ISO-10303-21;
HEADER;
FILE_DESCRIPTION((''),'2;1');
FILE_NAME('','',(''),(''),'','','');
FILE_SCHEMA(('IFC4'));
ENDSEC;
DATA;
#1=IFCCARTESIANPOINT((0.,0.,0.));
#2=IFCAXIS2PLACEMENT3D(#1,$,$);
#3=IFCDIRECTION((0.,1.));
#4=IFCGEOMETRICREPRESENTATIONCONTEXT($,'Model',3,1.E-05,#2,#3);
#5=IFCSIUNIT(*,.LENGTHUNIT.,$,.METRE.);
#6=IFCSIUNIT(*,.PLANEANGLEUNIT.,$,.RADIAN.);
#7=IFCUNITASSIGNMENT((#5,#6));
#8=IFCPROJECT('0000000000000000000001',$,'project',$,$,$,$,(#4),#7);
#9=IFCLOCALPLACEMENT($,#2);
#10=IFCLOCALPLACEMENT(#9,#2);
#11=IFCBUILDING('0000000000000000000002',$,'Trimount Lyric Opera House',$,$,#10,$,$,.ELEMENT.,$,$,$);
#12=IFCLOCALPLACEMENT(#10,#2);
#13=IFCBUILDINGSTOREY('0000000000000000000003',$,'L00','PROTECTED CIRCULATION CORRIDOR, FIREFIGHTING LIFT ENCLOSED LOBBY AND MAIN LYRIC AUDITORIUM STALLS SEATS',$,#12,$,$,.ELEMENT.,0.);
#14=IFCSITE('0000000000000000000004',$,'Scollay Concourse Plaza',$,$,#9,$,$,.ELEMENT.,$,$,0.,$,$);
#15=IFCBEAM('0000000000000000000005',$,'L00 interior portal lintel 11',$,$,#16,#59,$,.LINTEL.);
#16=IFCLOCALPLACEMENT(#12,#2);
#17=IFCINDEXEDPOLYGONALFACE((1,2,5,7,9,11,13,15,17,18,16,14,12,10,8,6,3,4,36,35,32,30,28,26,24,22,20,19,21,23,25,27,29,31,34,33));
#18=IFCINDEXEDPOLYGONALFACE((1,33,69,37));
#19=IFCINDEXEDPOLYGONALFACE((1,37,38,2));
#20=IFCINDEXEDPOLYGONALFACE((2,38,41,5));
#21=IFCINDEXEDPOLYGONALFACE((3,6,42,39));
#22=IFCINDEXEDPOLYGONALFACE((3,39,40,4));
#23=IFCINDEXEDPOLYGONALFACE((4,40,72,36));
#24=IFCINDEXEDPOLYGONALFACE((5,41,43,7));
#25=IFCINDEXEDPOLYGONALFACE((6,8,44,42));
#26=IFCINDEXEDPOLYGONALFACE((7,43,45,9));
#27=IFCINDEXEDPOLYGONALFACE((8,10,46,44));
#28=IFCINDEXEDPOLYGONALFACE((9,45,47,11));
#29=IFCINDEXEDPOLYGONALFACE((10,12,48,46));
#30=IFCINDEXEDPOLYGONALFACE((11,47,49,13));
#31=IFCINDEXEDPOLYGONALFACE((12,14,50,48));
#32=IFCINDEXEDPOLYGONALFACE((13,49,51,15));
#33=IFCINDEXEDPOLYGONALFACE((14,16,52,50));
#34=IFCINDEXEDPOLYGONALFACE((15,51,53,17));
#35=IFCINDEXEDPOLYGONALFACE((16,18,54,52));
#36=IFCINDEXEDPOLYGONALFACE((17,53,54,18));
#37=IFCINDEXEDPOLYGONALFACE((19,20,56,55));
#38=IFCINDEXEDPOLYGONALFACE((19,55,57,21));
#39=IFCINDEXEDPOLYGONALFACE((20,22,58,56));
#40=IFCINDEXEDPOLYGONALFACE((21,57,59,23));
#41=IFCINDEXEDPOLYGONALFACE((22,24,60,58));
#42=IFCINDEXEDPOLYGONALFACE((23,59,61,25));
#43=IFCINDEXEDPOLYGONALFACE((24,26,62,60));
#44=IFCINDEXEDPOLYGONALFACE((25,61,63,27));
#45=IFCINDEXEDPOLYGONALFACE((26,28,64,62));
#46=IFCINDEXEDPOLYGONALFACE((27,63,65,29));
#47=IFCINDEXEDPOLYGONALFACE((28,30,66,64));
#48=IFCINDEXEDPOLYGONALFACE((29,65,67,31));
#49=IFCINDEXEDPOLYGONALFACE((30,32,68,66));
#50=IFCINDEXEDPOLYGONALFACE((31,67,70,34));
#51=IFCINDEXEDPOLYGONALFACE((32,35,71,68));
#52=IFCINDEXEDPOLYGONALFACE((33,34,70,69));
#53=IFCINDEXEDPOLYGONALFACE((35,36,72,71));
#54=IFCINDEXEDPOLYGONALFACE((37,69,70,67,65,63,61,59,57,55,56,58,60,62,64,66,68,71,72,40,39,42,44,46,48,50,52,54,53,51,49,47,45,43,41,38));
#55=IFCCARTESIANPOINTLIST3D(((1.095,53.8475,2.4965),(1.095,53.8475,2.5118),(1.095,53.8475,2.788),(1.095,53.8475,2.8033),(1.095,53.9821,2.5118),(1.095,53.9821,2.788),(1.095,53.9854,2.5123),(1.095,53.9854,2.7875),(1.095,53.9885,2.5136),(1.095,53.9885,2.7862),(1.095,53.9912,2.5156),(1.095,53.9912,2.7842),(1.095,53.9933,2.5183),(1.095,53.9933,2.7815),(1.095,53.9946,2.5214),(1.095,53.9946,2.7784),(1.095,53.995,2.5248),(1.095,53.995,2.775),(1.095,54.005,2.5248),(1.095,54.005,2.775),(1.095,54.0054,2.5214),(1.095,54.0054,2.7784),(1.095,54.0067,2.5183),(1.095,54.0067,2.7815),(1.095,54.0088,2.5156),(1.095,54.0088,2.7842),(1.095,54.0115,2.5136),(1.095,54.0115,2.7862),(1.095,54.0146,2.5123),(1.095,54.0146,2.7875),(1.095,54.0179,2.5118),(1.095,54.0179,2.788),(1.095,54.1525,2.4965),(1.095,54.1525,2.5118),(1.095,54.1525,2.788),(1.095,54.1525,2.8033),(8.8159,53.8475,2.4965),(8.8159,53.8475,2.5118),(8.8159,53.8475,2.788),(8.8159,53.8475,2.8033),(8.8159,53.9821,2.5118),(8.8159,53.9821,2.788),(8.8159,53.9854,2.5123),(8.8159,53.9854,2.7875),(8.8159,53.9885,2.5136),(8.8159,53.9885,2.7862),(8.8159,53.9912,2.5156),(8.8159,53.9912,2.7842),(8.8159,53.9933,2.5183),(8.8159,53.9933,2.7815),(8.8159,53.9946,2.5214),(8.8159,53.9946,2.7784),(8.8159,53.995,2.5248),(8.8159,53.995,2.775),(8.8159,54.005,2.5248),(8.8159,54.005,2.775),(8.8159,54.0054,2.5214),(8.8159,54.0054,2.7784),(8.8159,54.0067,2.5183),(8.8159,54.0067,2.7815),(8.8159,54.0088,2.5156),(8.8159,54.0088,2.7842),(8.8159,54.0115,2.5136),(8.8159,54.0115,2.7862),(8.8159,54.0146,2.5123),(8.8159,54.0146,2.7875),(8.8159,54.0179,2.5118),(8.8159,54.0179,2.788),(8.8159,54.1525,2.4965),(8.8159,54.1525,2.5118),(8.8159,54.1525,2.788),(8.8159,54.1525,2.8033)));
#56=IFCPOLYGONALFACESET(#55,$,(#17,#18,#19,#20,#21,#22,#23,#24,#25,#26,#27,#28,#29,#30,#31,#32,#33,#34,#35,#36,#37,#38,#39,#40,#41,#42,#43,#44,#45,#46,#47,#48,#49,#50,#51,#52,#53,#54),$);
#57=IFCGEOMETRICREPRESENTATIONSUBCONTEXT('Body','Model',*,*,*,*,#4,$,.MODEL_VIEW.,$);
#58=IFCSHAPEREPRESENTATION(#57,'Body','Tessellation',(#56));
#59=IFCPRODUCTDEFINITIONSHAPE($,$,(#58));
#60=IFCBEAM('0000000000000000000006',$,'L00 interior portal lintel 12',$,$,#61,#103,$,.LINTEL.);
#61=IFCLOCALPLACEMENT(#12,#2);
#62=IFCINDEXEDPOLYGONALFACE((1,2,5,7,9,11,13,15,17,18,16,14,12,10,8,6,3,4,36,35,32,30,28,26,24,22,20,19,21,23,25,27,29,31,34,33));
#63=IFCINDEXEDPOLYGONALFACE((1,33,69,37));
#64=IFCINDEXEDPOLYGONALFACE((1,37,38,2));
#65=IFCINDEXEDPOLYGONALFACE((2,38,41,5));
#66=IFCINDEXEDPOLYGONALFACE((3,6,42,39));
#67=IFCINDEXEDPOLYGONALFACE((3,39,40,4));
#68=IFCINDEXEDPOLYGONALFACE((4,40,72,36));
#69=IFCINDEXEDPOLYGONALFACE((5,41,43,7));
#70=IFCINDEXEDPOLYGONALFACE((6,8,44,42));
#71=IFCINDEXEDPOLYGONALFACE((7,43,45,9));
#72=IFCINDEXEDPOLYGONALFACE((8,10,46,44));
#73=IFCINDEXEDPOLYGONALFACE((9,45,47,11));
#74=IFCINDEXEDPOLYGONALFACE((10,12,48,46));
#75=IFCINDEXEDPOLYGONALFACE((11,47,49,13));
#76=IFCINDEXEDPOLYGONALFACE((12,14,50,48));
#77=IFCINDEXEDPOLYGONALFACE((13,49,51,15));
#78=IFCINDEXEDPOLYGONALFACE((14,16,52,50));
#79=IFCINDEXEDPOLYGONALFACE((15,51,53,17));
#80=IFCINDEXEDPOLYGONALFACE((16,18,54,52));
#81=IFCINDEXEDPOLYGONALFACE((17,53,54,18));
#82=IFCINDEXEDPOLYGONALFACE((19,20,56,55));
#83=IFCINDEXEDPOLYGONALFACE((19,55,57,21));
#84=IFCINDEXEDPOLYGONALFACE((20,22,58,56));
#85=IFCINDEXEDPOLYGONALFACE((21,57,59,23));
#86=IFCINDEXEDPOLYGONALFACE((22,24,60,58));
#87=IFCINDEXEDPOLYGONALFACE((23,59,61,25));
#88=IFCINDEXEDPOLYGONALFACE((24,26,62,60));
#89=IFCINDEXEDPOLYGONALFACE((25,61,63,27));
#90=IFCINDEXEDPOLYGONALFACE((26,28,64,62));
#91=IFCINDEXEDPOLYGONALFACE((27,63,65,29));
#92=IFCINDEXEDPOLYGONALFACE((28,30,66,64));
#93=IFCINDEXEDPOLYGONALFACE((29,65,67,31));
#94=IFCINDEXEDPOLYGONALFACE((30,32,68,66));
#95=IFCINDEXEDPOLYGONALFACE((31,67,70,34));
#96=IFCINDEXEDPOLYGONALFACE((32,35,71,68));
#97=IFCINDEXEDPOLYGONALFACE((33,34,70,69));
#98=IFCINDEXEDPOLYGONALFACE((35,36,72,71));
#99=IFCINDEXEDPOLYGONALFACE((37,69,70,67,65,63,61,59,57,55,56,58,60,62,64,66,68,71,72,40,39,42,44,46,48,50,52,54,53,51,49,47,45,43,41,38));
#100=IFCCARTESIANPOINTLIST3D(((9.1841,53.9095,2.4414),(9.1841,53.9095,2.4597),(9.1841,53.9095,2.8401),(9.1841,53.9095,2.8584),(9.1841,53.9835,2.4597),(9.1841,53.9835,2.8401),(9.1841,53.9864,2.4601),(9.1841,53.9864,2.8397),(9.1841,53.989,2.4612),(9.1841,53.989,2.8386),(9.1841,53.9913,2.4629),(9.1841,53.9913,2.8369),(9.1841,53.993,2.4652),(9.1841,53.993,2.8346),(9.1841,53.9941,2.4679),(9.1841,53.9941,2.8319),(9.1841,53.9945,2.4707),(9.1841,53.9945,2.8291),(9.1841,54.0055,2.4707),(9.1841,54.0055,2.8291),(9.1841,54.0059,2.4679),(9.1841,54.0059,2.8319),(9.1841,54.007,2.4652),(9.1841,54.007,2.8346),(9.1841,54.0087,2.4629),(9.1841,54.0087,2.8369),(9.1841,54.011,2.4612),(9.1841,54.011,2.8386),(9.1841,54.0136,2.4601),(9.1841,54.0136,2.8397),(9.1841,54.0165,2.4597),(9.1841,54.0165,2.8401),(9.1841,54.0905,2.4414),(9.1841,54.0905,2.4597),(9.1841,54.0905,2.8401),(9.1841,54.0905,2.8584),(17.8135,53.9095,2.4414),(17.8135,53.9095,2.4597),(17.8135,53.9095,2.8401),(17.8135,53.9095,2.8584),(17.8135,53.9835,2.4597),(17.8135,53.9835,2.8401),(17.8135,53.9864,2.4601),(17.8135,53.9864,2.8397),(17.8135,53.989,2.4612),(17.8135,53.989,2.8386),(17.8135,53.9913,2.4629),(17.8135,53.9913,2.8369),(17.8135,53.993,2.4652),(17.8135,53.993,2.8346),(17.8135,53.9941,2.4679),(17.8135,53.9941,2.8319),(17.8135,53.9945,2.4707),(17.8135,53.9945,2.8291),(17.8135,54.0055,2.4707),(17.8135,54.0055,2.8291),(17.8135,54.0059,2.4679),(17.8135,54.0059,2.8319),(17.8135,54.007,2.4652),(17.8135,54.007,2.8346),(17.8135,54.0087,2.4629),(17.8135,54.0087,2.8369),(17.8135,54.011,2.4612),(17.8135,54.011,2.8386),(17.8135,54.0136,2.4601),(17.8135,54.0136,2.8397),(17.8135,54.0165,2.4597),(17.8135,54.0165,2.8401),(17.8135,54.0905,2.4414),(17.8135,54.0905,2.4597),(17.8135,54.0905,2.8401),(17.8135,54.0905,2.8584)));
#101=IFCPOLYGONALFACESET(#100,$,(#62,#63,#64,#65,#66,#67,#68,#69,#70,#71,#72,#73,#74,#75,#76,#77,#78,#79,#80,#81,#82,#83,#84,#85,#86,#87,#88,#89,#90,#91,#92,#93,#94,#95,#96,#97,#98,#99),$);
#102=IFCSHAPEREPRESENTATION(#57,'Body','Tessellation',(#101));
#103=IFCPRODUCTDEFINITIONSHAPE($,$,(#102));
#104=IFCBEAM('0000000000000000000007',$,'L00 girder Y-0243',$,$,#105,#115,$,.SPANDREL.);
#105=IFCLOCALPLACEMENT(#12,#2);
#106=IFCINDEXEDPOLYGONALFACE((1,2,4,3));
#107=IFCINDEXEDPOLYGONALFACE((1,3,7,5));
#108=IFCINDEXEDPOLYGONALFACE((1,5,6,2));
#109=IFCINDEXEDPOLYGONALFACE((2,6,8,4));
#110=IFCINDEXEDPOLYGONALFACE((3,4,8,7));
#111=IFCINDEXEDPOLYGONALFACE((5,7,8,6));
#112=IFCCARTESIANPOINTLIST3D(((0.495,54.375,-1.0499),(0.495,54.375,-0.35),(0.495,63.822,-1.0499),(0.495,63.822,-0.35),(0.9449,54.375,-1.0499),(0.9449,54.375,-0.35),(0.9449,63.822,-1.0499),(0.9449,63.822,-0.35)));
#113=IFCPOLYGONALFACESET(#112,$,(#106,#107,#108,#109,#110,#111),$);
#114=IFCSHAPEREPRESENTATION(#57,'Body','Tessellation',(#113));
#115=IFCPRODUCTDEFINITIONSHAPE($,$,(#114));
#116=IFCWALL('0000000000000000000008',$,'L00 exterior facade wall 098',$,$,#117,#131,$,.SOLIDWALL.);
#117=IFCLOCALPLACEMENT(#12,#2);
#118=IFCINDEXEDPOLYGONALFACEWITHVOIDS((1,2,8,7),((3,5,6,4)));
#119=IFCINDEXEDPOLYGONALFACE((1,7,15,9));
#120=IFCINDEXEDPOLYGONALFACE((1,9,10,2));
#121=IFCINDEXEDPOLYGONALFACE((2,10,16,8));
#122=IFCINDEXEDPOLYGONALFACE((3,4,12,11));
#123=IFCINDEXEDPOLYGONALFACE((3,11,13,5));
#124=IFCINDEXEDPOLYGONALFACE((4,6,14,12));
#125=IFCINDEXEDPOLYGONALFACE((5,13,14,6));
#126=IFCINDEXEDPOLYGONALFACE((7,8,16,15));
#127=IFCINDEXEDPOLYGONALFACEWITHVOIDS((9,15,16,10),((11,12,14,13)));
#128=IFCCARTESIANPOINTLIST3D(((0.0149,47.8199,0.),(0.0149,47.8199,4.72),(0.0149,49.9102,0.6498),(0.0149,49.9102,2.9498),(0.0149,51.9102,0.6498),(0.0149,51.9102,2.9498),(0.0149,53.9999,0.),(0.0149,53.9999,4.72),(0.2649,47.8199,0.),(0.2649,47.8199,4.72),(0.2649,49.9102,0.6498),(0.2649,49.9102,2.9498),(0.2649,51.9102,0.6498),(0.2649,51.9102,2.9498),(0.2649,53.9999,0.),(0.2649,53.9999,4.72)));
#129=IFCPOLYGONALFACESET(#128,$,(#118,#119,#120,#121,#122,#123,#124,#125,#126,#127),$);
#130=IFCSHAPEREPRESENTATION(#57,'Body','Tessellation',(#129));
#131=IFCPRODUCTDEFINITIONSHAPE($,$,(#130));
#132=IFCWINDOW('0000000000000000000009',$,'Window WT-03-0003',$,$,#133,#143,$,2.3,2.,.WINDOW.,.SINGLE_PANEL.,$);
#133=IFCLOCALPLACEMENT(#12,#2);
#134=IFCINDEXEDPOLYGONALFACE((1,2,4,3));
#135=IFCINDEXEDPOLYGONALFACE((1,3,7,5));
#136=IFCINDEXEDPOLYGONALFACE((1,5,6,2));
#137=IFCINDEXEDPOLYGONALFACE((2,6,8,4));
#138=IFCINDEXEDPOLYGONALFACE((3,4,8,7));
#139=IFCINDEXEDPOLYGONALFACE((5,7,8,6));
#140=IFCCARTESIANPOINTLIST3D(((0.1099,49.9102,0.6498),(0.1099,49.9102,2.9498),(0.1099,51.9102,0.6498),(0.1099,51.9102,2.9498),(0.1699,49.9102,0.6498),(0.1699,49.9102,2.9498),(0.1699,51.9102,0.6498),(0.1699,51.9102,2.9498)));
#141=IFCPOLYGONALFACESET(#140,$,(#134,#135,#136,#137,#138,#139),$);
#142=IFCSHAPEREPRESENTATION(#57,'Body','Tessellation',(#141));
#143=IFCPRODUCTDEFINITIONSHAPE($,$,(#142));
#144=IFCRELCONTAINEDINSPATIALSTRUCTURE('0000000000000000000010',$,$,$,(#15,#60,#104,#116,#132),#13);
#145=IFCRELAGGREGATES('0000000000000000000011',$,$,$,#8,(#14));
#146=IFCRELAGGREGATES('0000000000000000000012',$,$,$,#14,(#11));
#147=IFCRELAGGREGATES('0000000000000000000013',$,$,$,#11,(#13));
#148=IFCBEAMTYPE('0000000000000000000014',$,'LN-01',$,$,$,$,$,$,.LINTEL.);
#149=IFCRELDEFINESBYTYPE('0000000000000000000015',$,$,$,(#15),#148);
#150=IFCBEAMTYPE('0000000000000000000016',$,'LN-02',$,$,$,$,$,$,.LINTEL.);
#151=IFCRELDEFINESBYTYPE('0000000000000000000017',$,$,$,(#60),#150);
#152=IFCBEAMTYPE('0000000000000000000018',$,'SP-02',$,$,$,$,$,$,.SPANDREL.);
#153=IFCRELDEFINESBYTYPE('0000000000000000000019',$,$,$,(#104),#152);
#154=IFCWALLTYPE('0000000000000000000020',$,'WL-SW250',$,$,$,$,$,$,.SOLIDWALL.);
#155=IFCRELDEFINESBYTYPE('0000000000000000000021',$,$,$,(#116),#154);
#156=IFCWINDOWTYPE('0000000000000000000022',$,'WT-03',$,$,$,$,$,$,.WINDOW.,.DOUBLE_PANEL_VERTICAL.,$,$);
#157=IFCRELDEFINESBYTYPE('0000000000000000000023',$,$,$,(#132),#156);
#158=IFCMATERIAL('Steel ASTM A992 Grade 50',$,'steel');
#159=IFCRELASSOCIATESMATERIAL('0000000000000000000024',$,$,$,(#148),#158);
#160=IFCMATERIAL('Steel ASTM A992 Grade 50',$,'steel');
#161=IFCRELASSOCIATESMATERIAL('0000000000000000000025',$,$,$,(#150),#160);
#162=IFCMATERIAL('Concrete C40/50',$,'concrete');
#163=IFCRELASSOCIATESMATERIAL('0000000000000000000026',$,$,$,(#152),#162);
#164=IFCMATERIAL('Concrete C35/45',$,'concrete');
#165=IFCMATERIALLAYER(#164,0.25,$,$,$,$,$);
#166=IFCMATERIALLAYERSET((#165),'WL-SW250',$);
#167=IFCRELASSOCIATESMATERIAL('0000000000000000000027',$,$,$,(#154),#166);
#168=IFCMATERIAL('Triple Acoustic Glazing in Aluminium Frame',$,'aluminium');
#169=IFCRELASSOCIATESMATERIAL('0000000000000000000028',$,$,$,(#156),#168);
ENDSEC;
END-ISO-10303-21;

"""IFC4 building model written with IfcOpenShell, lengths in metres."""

from ifc_helpers import new_model, si_unit, direction, frame, frame_2d, origin, origin_2d, place, context, subcontext, project, spatial, rectangle, i_section, extrude, material, layer, layer_set, material_profile, profile_set, type_object, element, fill, save


model = new_model("IFC4")

# Units and contexts
model_context = context("Model", 3, precision=1e-05, world=origin(), true_north=direction((0.0, 1.0)))
body_context = subcontext(model_context, "Body", "Model", "MODEL_VIEW")
ifc_project = project(units=[si_unit("LENGTHUNIT", "METRE"), si_unit("PLANEANGLEUNIT", "RADIAN")], contexts=[model_context])

# Site, building, storey
site_placement = place(None, origin())
site = spatial("IfcSite", under=ifc_project, at=site_placement, Name="Scollay Concourse Plaza", CompositionType="ELEMENT", RefElevation=0.0)
building_placement = place(site_placement, origin())
building = spatial("IfcBuilding", under=site, at=building_placement, Name="Trimount Lyric Opera House", CompositionType="ELEMENT")
storey_placement = place(building_placement, origin())
storey = spatial("IfcBuildingStorey", under=building, at=storey_placement, Name="L00", Description="PROTECTED CIRCULATION CORRIDOR, FIREFIGHTING LIFT ENCLOSED LOBBY AND MAIN LYRIC AUDITORIUM STALLS SEATS", CompositionType="ELEMENT", Elevation=0.0)

# Beams
ifc_material_1 = material(Name="Steel ASTM A992 Grade 50", Category="steel")
ifc_material_profile_1 = material_profile(ifc_material_1, i_section(OverallWidth=0.3049, OverallDepth=0.3069, WebThickness=0.01, FlangeThickness=0.0154, FilletRadius=0.0129, at=origin_2d()), Name="W12X65")
ifc_profile_set_1 = profile_set([ifc_material_profile_1], Name="Steel ASTM A992 Grade 50")
beam_type_1 = type_object("IfcBeamType", Name="LN-01", PredefinedType="LINTEL", material=ifc_profile_set_1)
beam_1_placement = place(storey_placement, frame((1.095, 54.0, 2.6499), z_axis=(1.0, 0.0, 0.0), x_axis=(0.0, 1.0, 0.0)))
element("IfcBeam", 1, at=beam_1_placement, inside=storey, type_object=beam_type_1, Name="L00 interior portal lintel 11", PredefinedType="LINTEL", context=body_context, shape_type="SweptSolid", body=[
    extrude(i_section(OverallWidth=0.3049, OverallDepth=0.3069, WebThickness=0.01, FlangeThickness=0.0154, FilletRadius=0.0129, at=origin_2d()), origin(), (0.0, 0.0, 1.0), 7.7209),
])
ifc_material_2 = material(Name="Steel ASTM A992 Grade 50", Category="steel")
ifc_material_profile_2 = material_profile(ifc_material_2, i_section(OverallWidth=0.1809, OverallDepth=0.417, WebThickness=0.011, FlangeThickness=0.0183, FilletRadius=0.011, at=origin_2d()), Name="W16X57")
ifc_profile_set_2 = profile_set([ifc_material_profile_2], Name="Steel ASTM A992 Grade 50")
beam_type_2 = type_object("IfcBeamType", Name="LN-02", PredefinedType="LINTEL", material=ifc_profile_set_2)
beam_2_placement = place(storey_placement, frame((9.1841, 54.0, 2.6499), z_axis=(1.0, 0.0, 0.0), x_axis=(0.0, 1.0, 0.0)))
element("IfcBeam", 2, at=beam_2_placement, inside=storey, type_object=beam_type_2, Name="L00 interior portal lintel 12", PredefinedType="LINTEL", context=body_context, shape_type="SweptSolid", body=[
    extrude(i_section(OverallWidth=0.1809, OverallDepth=0.417, WebThickness=0.011, FlangeThickness=0.0183, FilletRadius=0.011, at=origin_2d()), origin(), (0.0, 0.0, 1.0), 8.6294),
])
ifc_material_3 = material(Name="Concrete C40/50", Category="concrete")
ifc_material_profile_3 = material_profile(ifc_material_3, rectangle(XDim=0.45, YDim=0.7, at=origin_2d()), Name="RC450X700")
ifc_profile_set_3 = profile_set([ifc_material_profile_3], Name="Concrete C40/50")
beam_type_3 = type_object("IfcBeamType", Name="SP-02", PredefinedType="SPANDREL", material=ifc_profile_set_3)
beam_3_placement = place(storey_placement, frame((0.72, 54.375, -0.7), z_axis=(0.0, 1.0, 0.0), x_axis=(-1.0, 0.0, 0.0)))
element("IfcBeam", 3, at=beam_3_placement, inside=storey, type_object=beam_type_3, Name="L00 girder Y-0243", PredefinedType="SPANDREL", context=body_context, shape_type="SweptSolid", body=[
    extrude(rectangle(XDim=0.45, YDim=0.7, at=origin_2d()), origin(), (0.0, 0.0, 1.0), 9.447),
])

# Wall, opening, window
ifc_material_4 = material(Name="Concrete C35/45", Category="concrete")
ifc_layer = layer(ifc_material_4, 0.25)
ifc_layer_set = layer_set([ifc_layer], Name="WL-SW250")
wall_type = type_object("IfcWallType", Name="WL-SW250", PredefinedType="SOLIDWALL", material=ifc_layer_set)
wall_1_placement = place(storey_placement, frame((0.1399, 47.8201, 0.0), z_axis=(0.0, 0.0, 1.0), x_axis=(0.0, 1.0, 0.0)))
wall_1 = element("IfcWall", 4, at=wall_1_placement, inside=storey, type_object=wall_type, Name="L00 exterior facade wall 098", PredefinedType="SOLIDWALL", context=body_context, shape_type="SweptSolid", body=[
    extrude(rectangle(XDim=6.1799, YDim=0.25, at=frame_2d((3.0898, 0.0))), origin(), (0.0, 0.0, 1.0), 4.72),
])
opening_1_placement = place(wall_1_placement, frame((2.0901, 0.0, 0.6499)))
opening_1 = element("IfcOpeningElement", 5, at=opening_1_placement, cuts=wall_1, PredefinedType="OPENING", context=body_context, shape_type="SweptSolid", body=[
    extrude(rectangle(XDim=2.0, YDim=2.3, at=frame_2d((1.0, 1.1499))), frame((0.0, 0.135, 0.0), z_axis=(0.0, -1.0, 0.0), x_axis=(1.0, 0.0, 0.0)), (0.0, 0.0, 1.0), 0.27),
])
ifc_material_5 = material(Name="Triple Acoustic Glazing in Aluminium Frame", Category="aluminium")
window_type_1 = type_object("IfcWindowType", Name="WT-03", PartitioningType="DOUBLE_PANEL_VERTICAL", PredefinedType="WINDOW", material=ifc_material_5)
window_1_placement = place(opening_1_placement, origin())
window_1 = element("IfcWindow", 6, at=window_1_placement, inside=storey, type_object=window_type_1, Name="Window WT-03-0003", OverallHeight=2.3, OverallWidth=2.0, PartitioningType="SINGLE_PANEL", PredefinedType="WINDOW", context=body_context, shape_type="SweptSolid", body=[
    extrude(rectangle(XDim=2.0, YDim=2.3, at=frame_2d((1.0, 1.1499))), frame((0.0, 0.03, 0.0), z_axis=(0.0, -1.0, 0.0), x_axis=(1.0, 0.0, 0.0)), (0.0, 0.0, 1.0), 0.0601),
])
fill(opening_1, window_1)

save(model, "model.ifc")
